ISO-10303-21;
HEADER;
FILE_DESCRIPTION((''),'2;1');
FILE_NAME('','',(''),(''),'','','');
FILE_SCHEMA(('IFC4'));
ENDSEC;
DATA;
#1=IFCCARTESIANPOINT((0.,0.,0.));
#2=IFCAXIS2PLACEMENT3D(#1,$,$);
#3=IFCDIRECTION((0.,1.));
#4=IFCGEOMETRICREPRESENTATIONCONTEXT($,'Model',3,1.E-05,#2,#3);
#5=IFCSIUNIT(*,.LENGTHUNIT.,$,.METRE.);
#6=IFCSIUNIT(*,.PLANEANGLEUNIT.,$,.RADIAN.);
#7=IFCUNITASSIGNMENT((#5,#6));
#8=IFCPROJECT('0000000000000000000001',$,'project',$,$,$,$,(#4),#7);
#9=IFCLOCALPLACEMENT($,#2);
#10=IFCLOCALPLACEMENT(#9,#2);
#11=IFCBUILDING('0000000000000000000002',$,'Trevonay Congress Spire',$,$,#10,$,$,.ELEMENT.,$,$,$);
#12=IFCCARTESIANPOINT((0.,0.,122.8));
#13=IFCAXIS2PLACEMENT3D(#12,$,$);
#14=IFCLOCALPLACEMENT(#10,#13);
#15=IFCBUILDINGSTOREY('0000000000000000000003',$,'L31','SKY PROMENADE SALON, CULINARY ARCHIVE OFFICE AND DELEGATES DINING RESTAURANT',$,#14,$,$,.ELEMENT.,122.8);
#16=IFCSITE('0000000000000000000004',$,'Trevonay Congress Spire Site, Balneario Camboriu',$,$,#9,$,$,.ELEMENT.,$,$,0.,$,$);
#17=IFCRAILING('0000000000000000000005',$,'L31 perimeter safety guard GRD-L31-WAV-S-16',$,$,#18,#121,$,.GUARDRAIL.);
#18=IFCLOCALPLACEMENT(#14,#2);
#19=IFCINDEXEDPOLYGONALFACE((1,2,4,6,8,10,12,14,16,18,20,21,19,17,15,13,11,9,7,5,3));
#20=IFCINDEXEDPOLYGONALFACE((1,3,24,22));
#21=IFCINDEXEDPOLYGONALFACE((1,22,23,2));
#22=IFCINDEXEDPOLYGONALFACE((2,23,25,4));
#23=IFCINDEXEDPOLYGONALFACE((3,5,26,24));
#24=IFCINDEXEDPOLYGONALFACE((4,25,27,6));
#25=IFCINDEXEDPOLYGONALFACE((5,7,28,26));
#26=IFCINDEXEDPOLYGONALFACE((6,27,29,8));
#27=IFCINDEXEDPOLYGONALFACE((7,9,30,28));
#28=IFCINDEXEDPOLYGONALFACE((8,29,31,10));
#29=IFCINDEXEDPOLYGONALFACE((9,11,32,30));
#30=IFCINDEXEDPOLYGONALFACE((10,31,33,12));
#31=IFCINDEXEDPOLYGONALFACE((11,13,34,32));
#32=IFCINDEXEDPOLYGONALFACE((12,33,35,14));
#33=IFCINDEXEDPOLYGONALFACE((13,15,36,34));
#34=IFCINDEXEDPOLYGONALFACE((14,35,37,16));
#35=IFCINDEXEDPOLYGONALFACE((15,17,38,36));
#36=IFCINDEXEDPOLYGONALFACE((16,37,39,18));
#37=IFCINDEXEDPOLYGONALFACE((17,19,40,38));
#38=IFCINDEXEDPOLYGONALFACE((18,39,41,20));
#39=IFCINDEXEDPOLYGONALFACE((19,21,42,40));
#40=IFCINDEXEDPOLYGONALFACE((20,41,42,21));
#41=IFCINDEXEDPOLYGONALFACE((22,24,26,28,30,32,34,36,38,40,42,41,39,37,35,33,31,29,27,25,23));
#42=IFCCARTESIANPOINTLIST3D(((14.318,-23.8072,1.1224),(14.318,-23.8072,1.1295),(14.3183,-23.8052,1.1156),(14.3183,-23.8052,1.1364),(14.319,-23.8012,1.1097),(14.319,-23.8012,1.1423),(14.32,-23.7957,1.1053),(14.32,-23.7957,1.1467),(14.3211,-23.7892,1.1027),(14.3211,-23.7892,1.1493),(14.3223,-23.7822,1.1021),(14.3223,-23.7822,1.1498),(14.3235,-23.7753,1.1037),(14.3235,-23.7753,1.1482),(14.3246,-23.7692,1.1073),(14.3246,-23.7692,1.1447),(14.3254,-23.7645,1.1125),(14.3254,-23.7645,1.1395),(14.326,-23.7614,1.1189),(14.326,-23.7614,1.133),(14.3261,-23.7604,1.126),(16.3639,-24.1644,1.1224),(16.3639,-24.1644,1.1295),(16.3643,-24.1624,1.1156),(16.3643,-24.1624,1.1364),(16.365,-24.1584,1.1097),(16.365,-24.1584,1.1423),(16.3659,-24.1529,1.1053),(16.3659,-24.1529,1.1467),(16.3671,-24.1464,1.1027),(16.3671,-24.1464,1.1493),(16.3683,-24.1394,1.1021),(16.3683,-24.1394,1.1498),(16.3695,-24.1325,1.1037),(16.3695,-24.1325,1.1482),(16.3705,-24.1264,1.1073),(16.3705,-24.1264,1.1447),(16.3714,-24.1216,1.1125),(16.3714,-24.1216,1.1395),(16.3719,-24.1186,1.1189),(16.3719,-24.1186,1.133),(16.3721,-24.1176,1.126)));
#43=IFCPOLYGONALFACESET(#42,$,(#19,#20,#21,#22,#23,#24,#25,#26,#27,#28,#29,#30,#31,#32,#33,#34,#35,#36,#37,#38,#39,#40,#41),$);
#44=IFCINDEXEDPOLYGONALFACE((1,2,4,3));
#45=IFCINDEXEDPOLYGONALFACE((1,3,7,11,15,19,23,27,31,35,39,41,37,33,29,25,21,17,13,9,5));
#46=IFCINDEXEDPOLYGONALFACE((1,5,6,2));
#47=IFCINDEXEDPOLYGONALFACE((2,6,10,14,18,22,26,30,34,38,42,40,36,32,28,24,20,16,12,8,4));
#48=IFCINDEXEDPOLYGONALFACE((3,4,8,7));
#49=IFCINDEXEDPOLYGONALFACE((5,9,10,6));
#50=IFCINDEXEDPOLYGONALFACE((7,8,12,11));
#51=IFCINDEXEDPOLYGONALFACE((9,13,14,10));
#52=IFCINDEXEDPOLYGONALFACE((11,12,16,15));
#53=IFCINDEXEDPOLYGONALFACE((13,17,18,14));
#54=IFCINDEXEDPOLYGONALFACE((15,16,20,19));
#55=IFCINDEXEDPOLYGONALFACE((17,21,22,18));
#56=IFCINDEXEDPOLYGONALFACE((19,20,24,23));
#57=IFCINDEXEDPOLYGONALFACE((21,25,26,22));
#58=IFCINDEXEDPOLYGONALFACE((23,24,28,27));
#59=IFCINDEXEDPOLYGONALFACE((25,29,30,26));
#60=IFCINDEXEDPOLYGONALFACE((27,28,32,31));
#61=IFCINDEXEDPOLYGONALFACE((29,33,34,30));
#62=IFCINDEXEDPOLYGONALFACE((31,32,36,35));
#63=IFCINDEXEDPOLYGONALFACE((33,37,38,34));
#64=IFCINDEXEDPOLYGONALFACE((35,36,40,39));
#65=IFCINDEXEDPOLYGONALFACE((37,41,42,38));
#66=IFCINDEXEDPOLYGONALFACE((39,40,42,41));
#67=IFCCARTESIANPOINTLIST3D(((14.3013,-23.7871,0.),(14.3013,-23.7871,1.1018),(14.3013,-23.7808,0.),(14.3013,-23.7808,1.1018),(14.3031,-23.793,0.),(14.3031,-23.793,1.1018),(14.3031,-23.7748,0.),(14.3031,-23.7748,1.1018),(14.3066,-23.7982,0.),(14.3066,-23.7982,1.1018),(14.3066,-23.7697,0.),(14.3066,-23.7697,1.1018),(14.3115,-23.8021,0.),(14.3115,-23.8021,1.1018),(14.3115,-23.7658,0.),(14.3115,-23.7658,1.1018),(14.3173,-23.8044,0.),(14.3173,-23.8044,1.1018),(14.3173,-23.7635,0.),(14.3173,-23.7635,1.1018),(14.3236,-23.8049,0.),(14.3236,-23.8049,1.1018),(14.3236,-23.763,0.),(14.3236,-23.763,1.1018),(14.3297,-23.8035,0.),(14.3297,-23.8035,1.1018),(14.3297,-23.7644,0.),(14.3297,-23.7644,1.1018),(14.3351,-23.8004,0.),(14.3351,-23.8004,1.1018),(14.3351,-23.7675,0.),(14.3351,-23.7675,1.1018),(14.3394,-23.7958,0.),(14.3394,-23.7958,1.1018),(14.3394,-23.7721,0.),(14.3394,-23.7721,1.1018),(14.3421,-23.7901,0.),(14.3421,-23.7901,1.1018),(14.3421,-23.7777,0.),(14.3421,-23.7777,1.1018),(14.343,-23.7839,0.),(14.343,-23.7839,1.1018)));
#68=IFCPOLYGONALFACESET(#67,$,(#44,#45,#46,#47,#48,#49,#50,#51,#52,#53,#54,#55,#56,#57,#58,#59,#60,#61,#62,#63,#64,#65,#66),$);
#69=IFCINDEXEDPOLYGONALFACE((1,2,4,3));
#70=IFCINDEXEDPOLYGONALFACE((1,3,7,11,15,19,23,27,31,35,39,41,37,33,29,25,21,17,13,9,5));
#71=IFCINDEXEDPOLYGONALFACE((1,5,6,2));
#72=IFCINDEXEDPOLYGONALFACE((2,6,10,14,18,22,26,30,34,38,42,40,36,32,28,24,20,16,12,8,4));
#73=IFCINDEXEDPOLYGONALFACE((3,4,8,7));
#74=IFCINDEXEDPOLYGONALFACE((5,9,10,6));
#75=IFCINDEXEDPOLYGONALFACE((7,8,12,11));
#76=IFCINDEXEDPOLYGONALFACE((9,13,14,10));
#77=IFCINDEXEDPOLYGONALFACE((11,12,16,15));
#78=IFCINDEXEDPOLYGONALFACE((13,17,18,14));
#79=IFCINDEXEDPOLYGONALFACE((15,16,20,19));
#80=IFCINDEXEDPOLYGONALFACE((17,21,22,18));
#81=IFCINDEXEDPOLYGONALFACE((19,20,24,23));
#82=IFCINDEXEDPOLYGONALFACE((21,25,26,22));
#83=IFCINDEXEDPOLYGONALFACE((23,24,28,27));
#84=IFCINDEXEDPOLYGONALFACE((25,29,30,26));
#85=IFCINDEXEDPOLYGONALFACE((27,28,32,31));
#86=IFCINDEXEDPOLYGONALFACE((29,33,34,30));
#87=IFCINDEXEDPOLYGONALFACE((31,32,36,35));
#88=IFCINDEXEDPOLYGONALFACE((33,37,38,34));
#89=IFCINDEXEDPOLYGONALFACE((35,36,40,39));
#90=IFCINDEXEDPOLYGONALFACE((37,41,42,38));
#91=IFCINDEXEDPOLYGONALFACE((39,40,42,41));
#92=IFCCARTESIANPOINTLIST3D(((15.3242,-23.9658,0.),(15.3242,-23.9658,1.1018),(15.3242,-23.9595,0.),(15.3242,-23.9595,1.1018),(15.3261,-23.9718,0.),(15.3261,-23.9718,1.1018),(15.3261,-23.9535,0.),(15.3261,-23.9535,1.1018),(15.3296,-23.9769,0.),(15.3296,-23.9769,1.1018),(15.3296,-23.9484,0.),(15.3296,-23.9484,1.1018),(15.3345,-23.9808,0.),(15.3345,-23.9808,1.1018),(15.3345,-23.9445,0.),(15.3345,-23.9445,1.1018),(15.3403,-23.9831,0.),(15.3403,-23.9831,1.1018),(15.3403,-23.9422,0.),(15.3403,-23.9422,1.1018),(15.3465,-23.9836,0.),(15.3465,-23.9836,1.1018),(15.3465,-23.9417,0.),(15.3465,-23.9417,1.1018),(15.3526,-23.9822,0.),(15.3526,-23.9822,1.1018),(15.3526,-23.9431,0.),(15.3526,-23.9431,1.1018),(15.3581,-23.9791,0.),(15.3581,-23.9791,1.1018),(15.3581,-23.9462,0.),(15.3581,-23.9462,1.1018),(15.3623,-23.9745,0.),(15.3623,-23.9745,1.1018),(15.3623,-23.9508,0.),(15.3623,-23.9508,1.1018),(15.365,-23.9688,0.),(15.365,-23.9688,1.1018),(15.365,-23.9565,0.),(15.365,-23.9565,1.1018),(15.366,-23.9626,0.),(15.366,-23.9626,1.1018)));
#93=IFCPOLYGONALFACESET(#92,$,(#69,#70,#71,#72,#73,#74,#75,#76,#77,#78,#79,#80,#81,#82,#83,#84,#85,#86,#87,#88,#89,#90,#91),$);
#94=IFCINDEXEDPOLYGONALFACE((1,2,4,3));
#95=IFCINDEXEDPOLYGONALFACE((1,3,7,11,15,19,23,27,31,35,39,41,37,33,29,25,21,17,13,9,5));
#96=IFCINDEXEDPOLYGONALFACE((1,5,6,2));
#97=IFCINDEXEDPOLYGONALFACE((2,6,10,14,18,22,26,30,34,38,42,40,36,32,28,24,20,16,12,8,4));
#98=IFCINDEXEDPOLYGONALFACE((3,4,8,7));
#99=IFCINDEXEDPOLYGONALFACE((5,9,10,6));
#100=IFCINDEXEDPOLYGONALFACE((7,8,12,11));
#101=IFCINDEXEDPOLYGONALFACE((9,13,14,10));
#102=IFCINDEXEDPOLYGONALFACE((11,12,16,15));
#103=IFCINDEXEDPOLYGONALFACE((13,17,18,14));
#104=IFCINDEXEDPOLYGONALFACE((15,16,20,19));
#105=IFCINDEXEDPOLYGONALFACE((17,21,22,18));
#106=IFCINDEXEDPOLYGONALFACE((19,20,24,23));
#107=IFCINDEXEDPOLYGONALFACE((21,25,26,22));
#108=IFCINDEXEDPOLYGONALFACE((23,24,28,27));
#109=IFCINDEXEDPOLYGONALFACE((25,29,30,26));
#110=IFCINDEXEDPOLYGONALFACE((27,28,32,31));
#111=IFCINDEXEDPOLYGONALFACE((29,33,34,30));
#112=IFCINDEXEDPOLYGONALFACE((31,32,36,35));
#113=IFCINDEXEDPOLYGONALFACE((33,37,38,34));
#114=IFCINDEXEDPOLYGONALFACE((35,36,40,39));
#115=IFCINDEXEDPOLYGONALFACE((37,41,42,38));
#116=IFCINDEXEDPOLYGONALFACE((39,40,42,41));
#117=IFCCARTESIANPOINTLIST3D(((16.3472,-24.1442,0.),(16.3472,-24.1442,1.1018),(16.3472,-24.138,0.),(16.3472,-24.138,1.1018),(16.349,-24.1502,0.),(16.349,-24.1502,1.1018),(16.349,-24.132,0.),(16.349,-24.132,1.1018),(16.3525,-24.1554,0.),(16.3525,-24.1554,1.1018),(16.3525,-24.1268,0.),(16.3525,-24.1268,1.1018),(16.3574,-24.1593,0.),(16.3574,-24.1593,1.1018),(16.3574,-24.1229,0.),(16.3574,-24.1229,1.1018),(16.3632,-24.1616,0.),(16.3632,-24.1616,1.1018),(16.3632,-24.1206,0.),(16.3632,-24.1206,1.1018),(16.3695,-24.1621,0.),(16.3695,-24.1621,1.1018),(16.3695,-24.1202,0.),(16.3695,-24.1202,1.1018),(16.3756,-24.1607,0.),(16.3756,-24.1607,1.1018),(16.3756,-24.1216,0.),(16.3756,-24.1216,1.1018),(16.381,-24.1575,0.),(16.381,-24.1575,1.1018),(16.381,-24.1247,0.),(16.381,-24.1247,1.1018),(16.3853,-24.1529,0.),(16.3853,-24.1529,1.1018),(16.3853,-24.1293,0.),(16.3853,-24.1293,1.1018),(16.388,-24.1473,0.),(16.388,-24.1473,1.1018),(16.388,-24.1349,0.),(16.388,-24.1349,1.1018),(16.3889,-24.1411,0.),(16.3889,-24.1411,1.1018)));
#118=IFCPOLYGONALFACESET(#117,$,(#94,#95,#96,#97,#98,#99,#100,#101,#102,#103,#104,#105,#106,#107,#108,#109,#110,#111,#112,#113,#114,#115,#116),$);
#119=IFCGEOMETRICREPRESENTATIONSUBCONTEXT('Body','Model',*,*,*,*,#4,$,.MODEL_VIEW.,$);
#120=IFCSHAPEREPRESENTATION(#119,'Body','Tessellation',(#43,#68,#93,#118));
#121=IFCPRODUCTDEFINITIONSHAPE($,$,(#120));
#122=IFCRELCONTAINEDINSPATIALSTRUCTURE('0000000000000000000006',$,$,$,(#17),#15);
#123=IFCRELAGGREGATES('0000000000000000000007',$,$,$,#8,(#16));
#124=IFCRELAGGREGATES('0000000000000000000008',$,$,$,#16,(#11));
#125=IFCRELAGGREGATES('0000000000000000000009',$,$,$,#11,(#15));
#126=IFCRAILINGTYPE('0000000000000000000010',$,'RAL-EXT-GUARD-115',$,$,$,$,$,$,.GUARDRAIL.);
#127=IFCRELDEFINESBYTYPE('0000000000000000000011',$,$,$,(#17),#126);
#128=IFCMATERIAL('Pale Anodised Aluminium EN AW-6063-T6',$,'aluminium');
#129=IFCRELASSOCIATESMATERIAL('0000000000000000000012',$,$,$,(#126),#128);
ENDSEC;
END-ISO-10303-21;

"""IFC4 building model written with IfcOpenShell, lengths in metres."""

from ifc_helpers import new_model, si_unit, direction, frame, origin, origin_2d, place, context, subcontext, project, spatial, circle, extrude, material, type_object, element, save


model = new_model("IFC4")

# Units and contexts
model_context = context("Model", 3, precision=1e-05, world=origin(), true_north=direction((0.0, 1.0)))
body_context = subcontext(model_context, "Body", "Model", "MODEL_VIEW")
ifc_project = project(units=[si_unit("LENGTHUNIT", "METRE"), si_unit("PLANEANGLEUNIT", "RADIAN")], contexts=[model_context])

# Site, building, storey
site_placement = place(None, origin())
site = spatial("IfcSite", under=ifc_project, at=site_placement, Name="Trevonay Congress Spire Site, Balneario Camboriu", CompositionType="ELEMENT", RefElevation=0.0)
building_placement = place(site_placement, origin())
building = spatial("IfcBuilding", under=site, at=building_placement, Name="Trevonay Congress Spire", CompositionType="ELEMENT")
storey_placement = place(building_placement, frame((0.0, 0.0, 122.8)))
storey = spatial("IfcBuildingStorey", under=building, at=storey_placement, Name="L31", Description="SKY PROMENADE SALON, CULINARY ARCHIVE OFFICE AND DELEGATES DINING RESTAURANT", CompositionType="ELEMENT", Elevation=122.8)

# Shared definitions
ifc_material_1 = material(Name="Pale Anodised Aluminium EN AW-6063-T6", Category="aluminium")

# Railing
railing_type = type_object("IfcRailingType", Name="RAL-EXT-GUARD-115", PredefinedType="GUARDRAIL", material=ifc_material_1)
railing_1_placement = place(storey_placement, frame((14.322, -23.7839, 0.0)))
element("IfcRailing", 1, at=railing_1_placement, inside=storey, type_object=railing_type, Name="L31 perimeter safety guard GRD-L31-WAV-S-16", PredefinedType="GUARDRAIL", context=body_context, shape_type="SweptSolid", body=[
    extrude(circle(Radius=0.0239, at=origin_2d()), frame((0.0, 0.0, 1.126), z_axis=(0.9851, -0.171981, 0.0), x_axis=(0.171981, 0.9851, 0.0)), (0.0, 0.0, 1.0), 2.0769),
    extrude(circle(Radius=0.021, at=origin_2d()), origin(), (0.0, 0.0, 1.0), 1.1018),
    extrude(circle(Radius=0.021, at=origin_2d()), frame((1.0229, -0.1787, 0.0)), (0.0, 0.0, 1.0), 1.1018),
    extrude(circle(Radius=0.021, at=origin_2d()), frame((2.0459, -0.3572, 0.0)), (0.0, 0.0, 1.0), 1.1018),
])

save(model, "model.ifc")
